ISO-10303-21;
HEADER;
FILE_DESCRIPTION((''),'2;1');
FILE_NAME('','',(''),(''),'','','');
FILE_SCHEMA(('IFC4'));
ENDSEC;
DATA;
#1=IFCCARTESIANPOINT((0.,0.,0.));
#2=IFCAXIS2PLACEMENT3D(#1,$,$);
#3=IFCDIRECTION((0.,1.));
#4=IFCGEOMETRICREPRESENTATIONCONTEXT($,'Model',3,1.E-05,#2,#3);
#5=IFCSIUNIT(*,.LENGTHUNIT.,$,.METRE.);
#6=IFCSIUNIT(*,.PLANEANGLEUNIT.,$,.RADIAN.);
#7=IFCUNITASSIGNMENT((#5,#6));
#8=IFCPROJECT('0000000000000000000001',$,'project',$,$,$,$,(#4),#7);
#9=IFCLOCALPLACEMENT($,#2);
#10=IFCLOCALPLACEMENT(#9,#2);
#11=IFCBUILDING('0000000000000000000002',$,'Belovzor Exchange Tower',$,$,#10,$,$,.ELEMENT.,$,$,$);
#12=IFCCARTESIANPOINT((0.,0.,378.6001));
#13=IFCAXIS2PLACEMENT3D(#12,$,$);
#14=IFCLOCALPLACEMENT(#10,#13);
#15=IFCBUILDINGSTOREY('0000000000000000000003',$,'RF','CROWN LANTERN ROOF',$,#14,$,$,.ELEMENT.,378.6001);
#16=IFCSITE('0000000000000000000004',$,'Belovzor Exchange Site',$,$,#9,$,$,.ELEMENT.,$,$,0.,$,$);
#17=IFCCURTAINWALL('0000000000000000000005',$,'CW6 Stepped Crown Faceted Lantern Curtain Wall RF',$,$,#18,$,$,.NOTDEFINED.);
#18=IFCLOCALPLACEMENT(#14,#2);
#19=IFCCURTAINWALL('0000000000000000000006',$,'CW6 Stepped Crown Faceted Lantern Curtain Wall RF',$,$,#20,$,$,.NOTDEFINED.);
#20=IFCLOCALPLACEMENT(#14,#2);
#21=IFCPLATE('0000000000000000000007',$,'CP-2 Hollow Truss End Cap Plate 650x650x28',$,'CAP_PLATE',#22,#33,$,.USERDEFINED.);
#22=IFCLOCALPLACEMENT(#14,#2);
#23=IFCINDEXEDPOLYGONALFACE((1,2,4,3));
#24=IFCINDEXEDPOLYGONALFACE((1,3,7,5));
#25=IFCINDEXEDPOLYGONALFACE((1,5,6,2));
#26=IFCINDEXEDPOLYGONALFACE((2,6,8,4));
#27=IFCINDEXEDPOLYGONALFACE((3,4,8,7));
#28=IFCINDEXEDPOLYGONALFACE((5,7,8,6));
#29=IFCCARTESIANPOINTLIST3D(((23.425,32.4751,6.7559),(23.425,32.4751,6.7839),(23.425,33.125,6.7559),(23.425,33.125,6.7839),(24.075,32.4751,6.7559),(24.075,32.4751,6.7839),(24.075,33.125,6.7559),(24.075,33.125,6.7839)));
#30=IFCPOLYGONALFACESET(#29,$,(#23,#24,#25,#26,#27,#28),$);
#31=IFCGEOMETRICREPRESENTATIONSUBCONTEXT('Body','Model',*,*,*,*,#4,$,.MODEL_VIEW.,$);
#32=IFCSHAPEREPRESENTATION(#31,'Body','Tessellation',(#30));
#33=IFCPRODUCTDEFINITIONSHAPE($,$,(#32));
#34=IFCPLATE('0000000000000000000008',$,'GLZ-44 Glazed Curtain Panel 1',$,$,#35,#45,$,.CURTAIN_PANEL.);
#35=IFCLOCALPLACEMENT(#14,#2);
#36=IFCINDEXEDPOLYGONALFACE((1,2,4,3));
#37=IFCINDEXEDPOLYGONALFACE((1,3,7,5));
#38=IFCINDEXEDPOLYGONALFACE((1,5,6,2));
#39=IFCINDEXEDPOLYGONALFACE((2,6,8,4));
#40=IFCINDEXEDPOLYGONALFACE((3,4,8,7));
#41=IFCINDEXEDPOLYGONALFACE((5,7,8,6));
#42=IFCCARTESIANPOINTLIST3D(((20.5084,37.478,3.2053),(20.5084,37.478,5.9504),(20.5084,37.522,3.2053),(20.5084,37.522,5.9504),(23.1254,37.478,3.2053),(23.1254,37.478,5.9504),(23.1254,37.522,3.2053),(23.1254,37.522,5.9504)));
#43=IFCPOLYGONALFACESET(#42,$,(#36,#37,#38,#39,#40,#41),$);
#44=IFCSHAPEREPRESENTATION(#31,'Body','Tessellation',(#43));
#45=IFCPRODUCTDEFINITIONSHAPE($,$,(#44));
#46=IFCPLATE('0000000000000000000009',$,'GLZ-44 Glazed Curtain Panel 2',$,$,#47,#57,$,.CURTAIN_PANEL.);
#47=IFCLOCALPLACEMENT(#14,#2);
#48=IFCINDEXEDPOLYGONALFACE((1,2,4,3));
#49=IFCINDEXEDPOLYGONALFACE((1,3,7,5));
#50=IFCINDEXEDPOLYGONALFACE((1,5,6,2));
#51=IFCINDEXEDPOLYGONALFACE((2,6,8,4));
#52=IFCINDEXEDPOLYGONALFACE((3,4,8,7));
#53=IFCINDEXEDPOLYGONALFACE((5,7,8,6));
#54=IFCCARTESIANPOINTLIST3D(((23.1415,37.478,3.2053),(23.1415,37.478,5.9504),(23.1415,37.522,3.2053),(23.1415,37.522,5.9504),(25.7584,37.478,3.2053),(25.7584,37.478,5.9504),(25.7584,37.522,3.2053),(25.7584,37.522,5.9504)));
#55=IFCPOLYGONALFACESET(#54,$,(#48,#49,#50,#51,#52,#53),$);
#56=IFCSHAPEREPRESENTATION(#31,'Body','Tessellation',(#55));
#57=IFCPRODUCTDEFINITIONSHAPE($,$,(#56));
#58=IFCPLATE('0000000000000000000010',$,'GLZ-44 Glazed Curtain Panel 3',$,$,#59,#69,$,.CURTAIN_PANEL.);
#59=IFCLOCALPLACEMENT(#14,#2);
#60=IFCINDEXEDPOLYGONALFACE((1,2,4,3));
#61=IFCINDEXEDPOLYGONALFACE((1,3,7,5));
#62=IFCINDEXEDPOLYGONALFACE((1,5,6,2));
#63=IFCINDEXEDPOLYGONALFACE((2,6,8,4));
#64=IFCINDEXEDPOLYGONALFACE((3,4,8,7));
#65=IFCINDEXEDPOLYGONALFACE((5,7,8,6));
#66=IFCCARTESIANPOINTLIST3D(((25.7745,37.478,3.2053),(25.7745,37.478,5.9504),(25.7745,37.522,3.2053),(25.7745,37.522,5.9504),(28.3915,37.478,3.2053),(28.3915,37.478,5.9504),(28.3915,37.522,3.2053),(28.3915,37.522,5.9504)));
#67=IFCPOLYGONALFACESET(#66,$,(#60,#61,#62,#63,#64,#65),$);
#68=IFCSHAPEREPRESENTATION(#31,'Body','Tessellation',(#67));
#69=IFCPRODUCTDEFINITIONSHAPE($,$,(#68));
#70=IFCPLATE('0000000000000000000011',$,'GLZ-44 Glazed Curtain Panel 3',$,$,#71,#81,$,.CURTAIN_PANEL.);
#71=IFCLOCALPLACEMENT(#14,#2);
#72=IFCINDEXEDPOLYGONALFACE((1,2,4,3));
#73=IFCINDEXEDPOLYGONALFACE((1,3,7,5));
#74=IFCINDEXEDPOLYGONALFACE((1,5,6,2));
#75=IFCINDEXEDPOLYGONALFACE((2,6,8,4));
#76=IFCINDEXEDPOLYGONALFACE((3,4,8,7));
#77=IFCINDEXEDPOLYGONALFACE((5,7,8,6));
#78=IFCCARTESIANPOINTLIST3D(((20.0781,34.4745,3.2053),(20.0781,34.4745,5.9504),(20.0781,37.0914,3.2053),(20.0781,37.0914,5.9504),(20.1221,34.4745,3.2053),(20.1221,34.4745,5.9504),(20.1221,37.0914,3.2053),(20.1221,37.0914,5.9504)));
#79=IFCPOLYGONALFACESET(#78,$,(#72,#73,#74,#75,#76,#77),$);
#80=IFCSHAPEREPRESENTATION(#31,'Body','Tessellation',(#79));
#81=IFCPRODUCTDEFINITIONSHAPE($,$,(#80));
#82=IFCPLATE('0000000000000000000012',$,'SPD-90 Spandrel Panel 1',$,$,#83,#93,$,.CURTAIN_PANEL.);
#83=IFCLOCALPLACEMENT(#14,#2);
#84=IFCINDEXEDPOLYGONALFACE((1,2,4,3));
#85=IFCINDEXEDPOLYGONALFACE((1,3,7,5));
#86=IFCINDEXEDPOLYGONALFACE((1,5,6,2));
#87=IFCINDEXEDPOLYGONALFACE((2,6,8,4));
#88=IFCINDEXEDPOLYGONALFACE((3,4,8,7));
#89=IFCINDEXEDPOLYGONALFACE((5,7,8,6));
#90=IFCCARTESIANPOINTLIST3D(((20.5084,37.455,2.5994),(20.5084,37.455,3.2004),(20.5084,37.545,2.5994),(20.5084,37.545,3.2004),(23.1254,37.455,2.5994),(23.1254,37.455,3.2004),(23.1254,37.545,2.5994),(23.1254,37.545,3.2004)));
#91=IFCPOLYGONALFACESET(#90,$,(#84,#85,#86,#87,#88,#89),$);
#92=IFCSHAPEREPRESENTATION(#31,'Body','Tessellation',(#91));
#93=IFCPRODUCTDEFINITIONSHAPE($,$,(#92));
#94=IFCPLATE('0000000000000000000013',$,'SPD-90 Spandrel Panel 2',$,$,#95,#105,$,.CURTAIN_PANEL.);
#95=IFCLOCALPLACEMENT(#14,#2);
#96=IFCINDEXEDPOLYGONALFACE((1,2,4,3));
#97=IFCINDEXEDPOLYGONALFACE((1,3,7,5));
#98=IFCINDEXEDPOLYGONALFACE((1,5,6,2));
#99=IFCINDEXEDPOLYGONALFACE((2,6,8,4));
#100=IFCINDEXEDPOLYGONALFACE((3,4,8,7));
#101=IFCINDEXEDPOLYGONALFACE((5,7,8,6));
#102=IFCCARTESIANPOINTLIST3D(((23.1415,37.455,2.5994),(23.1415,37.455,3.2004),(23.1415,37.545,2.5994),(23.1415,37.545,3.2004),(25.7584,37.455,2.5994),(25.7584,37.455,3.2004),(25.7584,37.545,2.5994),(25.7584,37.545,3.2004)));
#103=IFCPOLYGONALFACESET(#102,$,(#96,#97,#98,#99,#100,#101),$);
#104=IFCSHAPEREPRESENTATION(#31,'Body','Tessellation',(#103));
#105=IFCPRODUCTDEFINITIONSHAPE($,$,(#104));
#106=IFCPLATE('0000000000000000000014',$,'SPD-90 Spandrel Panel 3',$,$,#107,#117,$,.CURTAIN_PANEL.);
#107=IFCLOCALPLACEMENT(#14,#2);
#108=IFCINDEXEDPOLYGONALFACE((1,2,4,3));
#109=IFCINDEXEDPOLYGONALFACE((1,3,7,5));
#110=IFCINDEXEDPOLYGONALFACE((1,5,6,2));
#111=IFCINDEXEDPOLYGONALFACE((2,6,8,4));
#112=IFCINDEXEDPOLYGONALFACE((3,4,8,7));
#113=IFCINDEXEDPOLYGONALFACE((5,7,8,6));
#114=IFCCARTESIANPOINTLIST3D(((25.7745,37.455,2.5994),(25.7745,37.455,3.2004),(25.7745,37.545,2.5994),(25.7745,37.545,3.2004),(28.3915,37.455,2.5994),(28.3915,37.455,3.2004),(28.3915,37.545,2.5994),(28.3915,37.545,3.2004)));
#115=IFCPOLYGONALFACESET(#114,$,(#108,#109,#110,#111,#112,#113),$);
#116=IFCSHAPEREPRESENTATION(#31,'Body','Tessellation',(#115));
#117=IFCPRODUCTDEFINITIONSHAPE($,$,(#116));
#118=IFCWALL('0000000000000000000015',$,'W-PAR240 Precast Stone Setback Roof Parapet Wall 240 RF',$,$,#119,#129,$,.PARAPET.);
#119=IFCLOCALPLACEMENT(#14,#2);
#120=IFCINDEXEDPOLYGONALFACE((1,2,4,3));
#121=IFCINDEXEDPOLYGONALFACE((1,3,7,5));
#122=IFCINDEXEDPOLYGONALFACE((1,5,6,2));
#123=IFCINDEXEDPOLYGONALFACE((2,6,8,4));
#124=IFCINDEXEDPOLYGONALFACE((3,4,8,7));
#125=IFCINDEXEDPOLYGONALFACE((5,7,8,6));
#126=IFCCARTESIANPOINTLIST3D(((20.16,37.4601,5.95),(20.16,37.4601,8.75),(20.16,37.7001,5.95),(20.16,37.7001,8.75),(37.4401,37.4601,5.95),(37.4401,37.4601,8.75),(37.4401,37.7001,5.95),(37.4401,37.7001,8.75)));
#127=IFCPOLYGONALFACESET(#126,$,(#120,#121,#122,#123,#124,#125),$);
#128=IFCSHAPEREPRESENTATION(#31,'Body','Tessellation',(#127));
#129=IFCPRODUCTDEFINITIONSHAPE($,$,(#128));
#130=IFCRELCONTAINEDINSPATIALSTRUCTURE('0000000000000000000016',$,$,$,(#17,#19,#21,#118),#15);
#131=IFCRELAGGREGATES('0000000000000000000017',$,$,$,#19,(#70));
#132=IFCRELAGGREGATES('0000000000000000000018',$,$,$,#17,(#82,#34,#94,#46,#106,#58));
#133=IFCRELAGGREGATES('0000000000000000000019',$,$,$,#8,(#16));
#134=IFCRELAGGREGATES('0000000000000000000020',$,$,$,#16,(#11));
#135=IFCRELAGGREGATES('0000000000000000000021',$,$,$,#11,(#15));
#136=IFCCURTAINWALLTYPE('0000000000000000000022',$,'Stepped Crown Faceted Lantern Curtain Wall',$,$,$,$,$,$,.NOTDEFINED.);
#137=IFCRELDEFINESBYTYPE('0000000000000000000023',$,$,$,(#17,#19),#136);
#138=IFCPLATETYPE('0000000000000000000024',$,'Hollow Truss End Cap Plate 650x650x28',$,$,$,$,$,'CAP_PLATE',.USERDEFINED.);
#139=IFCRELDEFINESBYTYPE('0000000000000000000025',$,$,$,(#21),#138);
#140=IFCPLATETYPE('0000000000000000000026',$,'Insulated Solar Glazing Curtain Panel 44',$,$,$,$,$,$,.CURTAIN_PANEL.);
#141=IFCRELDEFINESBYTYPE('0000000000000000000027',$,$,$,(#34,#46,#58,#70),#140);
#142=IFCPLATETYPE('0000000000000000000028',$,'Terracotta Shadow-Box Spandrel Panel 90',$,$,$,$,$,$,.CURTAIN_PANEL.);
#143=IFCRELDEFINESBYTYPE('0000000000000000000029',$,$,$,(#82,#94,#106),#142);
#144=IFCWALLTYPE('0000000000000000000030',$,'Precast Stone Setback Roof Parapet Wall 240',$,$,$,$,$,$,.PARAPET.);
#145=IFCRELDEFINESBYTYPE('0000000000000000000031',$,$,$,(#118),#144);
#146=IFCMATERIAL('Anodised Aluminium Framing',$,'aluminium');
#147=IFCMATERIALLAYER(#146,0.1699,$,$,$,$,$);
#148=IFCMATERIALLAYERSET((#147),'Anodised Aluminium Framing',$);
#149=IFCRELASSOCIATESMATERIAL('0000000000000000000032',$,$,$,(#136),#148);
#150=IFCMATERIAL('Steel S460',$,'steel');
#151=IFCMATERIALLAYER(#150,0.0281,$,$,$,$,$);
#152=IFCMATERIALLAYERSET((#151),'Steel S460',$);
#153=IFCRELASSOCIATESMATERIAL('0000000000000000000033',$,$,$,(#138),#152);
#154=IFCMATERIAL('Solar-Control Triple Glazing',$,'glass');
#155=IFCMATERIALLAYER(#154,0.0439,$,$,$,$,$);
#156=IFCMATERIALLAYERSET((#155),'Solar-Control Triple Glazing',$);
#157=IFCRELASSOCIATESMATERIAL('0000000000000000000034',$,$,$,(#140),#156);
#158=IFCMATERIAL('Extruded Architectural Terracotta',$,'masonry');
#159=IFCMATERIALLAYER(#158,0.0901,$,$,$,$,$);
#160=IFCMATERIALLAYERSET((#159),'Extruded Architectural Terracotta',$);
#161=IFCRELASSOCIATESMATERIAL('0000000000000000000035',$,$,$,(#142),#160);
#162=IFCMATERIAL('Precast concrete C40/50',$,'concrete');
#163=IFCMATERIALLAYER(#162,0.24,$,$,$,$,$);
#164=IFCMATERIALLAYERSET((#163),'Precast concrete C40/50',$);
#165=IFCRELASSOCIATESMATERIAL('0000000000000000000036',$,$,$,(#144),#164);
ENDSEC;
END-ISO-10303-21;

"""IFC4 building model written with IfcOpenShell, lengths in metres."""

from ifc_helpers import new_model, si_unit, direction, frame, frame_2d, origin, origin_2d, place, context, subcontext, project, spatial, rectangle, extrude, material, layer, layer_set, type_object, element, aggregate, save


model = new_model("IFC4")

# Units and contexts
model_context = context("Model", 3, precision=1e-05, world=origin(), true_north=direction((0.0, 1.0)))
body_context = subcontext(model_context, "Body", "Model", "MODEL_VIEW")
ifc_project = project(units=[si_unit("LENGTHUNIT", "METRE"), si_unit("PLANEANGLEUNIT", "RADIAN")], contexts=[model_context])

# Site, building, storey
site_placement = place(None, origin())
site = spatial("IfcSite", under=ifc_project, at=site_placement, Name="Belovzor Exchange Site", CompositionType="ELEMENT", RefElevation=0.0)
building_placement = place(site_placement, origin())
building = spatial("IfcBuilding", under=site, at=building_placement, Name="Belovzor Exchange Tower", CompositionType="ELEMENT")
storey_placement = place(building_placement, frame((0.0, 0.0, 378.6001)))
storey = spatial("IfcBuildingStorey", under=building, at=storey_placement, Name="RF", Description="CROWN LANTERN ROOF", CompositionType="ELEMENT", Elevation=378.6001)

# Curtain wall
ifc_material_1 = material(Name="Anodised Aluminium Framing", Category="aluminium")
ifc_layer_1 = layer(ifc_material_1, 0.1699)
ifc_layer_set_1 = layer_set([ifc_layer_1], Name="Anodised Aluminium Framing")
curtain_wall_type = type_object("IfcCurtainWallType", Name="Stepped Crown Faceted Lantern Curtain Wall", PredefinedType="NOTDEFINED", material=ifc_layer_set_1)
curtain_wall_1_placement = place(storey_placement, origin())
curtain_wall_1 = element("IfcCurtainWall", 1, at=curtain_wall_1_placement, inside=storey, type_object=curtain_wall_type, Name="CW6 Stepped Crown Faceted Lantern Curtain Wall RF", PredefinedType="NOTDEFINED")

# Curtain wall
curtain_wall_2_placement = place(storey_placement, origin())
curtain_wall_2 = element("IfcCurtainWall", 2, at=curtain_wall_2_placement, inside=storey, type_object=curtain_wall_type, Name="CW6 Stepped Crown Faceted Lantern Curtain Wall RF", PredefinedType="NOTDEFINED")

# Plate
ifc_material_2 = material(Name="Steel S460", Category="steel")
ifc_layer_2 = layer(ifc_material_2, 0.0281)
ifc_layer_set_2 = layer_set([ifc_layer_2], Name="Steel S460")
plate_type_1 = type_object("IfcPlateType", Name="Hollow Truss End Cap Plate 650x650x28", ElementType="CAP_PLATE", PredefinedType="USERDEFINED", material=ifc_layer_set_2)
plate_1_placement = place(storey_placement, frame((23.75, 32.8, 6.7559), z_axis=(0.0, 0.0, 1.0), x_axis=(1.0, 0.0, 0.0)))
element("IfcPlate", 3, at=plate_1_placement, inside=storey, type_object=plate_type_1, Name="CP-2 Hollow Truss End Cap Plate 650x650x28", ObjectType="CAP_PLATE", PredefinedType="USERDEFINED", context=body_context, shape_type="SweptSolid", body=[
    extrude(rectangle(XDim=0.6499, YDim=0.6499, at=origin_2d()), origin(), (0.0, 0.0, 1.0), 0.0281),
])

# Plates
ifc_material_3 = material(Name="Solar-Control Triple Glazing", Category="glass")
ifc_layer_3 = layer(ifc_material_3, 0.0439)
ifc_layer_set_3 = layer_set([ifc_layer_3], Name="Solar-Control Triple Glazing")
plate_type_2 = type_object("IfcPlateType", Name="Insulated Solar Glazing Curtain Panel 44", PredefinedType="CURTAIN_PANEL", material=ifc_layer_set_3)
plate_2_placement = place(storey_placement, frame((21.8169, 37.5, 3.2053), z_axis=(0.0, 0.0, 1.0), x_axis=(1.0, 0.0, 0.0)))
plate_2 = element("IfcPlate", 4, at=plate_2_placement, type_object=plate_type_2, Name="GLZ-44 Glazed Curtain Panel 1", PredefinedType="CURTAIN_PANEL", context=body_context, shape_type="SweptSolid", body=[
    extrude(rectangle(XDim=2.6169, YDim=0.0439, at=origin_2d()), origin(), (0.0, 0.0, 1.0), 2.7451),
])
plate_3_placement = place(storey_placement, frame((24.45, 37.5, 3.2053), z_axis=(0.0, 0.0, 1.0), x_axis=(1.0, 0.0, 0.0)))
plate_3 = element("IfcPlate", 5, at=plate_3_placement, type_object=plate_type_2, Name="GLZ-44 Glazed Curtain Panel 2", PredefinedType="CURTAIN_PANEL", context=body_context, shape_type="SweptSolid", body=[
    extrude(rectangle(XDim=2.6169, YDim=0.0439, at=origin_2d()), origin(), (0.0, 0.0, 1.0), 2.7451),
])
plate_4_placement = place(storey_placement, frame((27.083, 37.5, 3.2053), z_axis=(0.0, 0.0, 1.0), x_axis=(1.0, 0.0, 0.0)))
plate_4 = element("IfcPlate", 6, at=plate_4_placement, type_object=plate_type_2, Name="GLZ-44 Glazed Curtain Panel 3", PredefinedType="CURTAIN_PANEL", context=body_context, shape_type="SweptSolid", body=[
    extrude(rectangle(XDim=2.6169, YDim=0.0439, at=origin_2d()), origin(), (0.0, 0.0, 1.0), 2.7451),
])
plate_5_placement = place(storey_placement, frame((20.1001, 35.783, 3.2053), z_axis=(0.0, 0.0, 1.0), x_axis=(0.0, 1.0, 0.0)))
plate_5 = element("IfcPlate", 7, at=plate_5_placement, type_object=plate_type_2, Name="GLZ-44 Glazed Curtain Panel 3", PredefinedType="CURTAIN_PANEL", context=body_context, shape_type="SweptSolid", body=[
    extrude(rectangle(XDim=2.6169, YDim=0.0439, at=origin_2d()), origin(), (0.0, 0.0, 1.0), 2.7451),
])
aggregate(curtain_wall_2, [plate_5])
ifc_material_4 = material(Name="Extruded Architectural Terracotta", Category="masonry")
ifc_layer_4 = layer(ifc_material_4, 0.0901)
ifc_layer_set_4 = layer_set([ifc_layer_4], Name="Extruded Architectural Terracotta")
plate_type_3 = type_object("IfcPlateType", Name="Terracotta Shadow-Box Spandrel Panel 90", PredefinedType="CURTAIN_PANEL", material=ifc_layer_set_4)
plate_6_placement = place(storey_placement, frame((21.8169, 37.5, 2.5994), z_axis=(0.0, 0.0, 1.0), x_axis=(1.0, 0.0, 0.0)))
plate_6 = element("IfcPlate", 8, at=plate_6_placement, type_object=plate_type_3, Name="SPD-90 Spandrel Panel 1", PredefinedType="CURTAIN_PANEL", context=body_context, shape_type="SweptSolid", body=[
    extrude(rectangle(XDim=2.6169, YDim=0.0901, at=origin_2d()), origin(), (0.0, 0.0, 1.0), 0.6011),
])
plate_7_placement = place(storey_placement, frame((24.45, 37.5, 2.5994), z_axis=(0.0, 0.0, 1.0), x_axis=(1.0, 0.0, 0.0)))
plate_7 = element("IfcPlate", 9, at=plate_7_placement, type_object=plate_type_3, Name="SPD-90 Spandrel Panel 2", PredefinedType="CURTAIN_PANEL", context=body_context, shape_type="SweptSolid", body=[
    extrude(rectangle(XDim=2.6169, YDim=0.0901, at=origin_2d()), origin(), (0.0, 0.0, 1.0), 0.6011),
])
plate_8_placement = place(storey_placement, frame((27.083, 37.5, 2.5994), z_axis=(0.0, 0.0, 1.0), x_axis=(1.0, 0.0, 0.0)))
plate_8 = element("IfcPlate", 10, at=plate_8_placement, type_object=plate_type_3, Name="SPD-90 Spandrel Panel 3", PredefinedType="CURTAIN_PANEL", context=body_context, shape_type="SweptSolid", body=[
    extrude(rectangle(XDim=2.6169, YDim=0.0901, at=origin_2d()), origin(), (0.0, 0.0, 1.0), 0.6011),
])
aggregate(curtain_wall_1, [plate_6, plate_2, plate_7, plate_3, plate_8, plate_4])

# Wall
ifc_material_5 = material(Name="Precast concrete C40/50", Category="concrete")
ifc_layer_5 = layer(ifc_material_5, 0.24)
ifc_layer_set_5 = layer_set([ifc_layer_5], Name="Precast concrete C40/50")
wall_type = type_object("IfcWallType", Name="Precast Stone Setback Roof Parapet Wall 240", PredefinedType="PARAPET", material=ifc_layer_set_5)
wall_placement = place(storey_placement, frame((20.1599, 37.5801, 5.95), z_axis=(0.0, 0.0, 1.0), x_axis=(1.0, 0.0, 0.0)))
element("IfcWall", 11, at=wall_placement, inside=storey, type_object=wall_type, Name="W-PAR240 Precast Stone Setback Roof Parapet Wall 240 RF", PredefinedType="PARAPET", context=body_context, shape_type="SweptSolid", body=[
    extrude(rectangle(XDim=17.28, YDim=0.24, at=frame_2d((8.6401, 0.0))), origin(), (0.0, 0.0, 1.0), 2.8),
])

save(model, "model.ifc")
